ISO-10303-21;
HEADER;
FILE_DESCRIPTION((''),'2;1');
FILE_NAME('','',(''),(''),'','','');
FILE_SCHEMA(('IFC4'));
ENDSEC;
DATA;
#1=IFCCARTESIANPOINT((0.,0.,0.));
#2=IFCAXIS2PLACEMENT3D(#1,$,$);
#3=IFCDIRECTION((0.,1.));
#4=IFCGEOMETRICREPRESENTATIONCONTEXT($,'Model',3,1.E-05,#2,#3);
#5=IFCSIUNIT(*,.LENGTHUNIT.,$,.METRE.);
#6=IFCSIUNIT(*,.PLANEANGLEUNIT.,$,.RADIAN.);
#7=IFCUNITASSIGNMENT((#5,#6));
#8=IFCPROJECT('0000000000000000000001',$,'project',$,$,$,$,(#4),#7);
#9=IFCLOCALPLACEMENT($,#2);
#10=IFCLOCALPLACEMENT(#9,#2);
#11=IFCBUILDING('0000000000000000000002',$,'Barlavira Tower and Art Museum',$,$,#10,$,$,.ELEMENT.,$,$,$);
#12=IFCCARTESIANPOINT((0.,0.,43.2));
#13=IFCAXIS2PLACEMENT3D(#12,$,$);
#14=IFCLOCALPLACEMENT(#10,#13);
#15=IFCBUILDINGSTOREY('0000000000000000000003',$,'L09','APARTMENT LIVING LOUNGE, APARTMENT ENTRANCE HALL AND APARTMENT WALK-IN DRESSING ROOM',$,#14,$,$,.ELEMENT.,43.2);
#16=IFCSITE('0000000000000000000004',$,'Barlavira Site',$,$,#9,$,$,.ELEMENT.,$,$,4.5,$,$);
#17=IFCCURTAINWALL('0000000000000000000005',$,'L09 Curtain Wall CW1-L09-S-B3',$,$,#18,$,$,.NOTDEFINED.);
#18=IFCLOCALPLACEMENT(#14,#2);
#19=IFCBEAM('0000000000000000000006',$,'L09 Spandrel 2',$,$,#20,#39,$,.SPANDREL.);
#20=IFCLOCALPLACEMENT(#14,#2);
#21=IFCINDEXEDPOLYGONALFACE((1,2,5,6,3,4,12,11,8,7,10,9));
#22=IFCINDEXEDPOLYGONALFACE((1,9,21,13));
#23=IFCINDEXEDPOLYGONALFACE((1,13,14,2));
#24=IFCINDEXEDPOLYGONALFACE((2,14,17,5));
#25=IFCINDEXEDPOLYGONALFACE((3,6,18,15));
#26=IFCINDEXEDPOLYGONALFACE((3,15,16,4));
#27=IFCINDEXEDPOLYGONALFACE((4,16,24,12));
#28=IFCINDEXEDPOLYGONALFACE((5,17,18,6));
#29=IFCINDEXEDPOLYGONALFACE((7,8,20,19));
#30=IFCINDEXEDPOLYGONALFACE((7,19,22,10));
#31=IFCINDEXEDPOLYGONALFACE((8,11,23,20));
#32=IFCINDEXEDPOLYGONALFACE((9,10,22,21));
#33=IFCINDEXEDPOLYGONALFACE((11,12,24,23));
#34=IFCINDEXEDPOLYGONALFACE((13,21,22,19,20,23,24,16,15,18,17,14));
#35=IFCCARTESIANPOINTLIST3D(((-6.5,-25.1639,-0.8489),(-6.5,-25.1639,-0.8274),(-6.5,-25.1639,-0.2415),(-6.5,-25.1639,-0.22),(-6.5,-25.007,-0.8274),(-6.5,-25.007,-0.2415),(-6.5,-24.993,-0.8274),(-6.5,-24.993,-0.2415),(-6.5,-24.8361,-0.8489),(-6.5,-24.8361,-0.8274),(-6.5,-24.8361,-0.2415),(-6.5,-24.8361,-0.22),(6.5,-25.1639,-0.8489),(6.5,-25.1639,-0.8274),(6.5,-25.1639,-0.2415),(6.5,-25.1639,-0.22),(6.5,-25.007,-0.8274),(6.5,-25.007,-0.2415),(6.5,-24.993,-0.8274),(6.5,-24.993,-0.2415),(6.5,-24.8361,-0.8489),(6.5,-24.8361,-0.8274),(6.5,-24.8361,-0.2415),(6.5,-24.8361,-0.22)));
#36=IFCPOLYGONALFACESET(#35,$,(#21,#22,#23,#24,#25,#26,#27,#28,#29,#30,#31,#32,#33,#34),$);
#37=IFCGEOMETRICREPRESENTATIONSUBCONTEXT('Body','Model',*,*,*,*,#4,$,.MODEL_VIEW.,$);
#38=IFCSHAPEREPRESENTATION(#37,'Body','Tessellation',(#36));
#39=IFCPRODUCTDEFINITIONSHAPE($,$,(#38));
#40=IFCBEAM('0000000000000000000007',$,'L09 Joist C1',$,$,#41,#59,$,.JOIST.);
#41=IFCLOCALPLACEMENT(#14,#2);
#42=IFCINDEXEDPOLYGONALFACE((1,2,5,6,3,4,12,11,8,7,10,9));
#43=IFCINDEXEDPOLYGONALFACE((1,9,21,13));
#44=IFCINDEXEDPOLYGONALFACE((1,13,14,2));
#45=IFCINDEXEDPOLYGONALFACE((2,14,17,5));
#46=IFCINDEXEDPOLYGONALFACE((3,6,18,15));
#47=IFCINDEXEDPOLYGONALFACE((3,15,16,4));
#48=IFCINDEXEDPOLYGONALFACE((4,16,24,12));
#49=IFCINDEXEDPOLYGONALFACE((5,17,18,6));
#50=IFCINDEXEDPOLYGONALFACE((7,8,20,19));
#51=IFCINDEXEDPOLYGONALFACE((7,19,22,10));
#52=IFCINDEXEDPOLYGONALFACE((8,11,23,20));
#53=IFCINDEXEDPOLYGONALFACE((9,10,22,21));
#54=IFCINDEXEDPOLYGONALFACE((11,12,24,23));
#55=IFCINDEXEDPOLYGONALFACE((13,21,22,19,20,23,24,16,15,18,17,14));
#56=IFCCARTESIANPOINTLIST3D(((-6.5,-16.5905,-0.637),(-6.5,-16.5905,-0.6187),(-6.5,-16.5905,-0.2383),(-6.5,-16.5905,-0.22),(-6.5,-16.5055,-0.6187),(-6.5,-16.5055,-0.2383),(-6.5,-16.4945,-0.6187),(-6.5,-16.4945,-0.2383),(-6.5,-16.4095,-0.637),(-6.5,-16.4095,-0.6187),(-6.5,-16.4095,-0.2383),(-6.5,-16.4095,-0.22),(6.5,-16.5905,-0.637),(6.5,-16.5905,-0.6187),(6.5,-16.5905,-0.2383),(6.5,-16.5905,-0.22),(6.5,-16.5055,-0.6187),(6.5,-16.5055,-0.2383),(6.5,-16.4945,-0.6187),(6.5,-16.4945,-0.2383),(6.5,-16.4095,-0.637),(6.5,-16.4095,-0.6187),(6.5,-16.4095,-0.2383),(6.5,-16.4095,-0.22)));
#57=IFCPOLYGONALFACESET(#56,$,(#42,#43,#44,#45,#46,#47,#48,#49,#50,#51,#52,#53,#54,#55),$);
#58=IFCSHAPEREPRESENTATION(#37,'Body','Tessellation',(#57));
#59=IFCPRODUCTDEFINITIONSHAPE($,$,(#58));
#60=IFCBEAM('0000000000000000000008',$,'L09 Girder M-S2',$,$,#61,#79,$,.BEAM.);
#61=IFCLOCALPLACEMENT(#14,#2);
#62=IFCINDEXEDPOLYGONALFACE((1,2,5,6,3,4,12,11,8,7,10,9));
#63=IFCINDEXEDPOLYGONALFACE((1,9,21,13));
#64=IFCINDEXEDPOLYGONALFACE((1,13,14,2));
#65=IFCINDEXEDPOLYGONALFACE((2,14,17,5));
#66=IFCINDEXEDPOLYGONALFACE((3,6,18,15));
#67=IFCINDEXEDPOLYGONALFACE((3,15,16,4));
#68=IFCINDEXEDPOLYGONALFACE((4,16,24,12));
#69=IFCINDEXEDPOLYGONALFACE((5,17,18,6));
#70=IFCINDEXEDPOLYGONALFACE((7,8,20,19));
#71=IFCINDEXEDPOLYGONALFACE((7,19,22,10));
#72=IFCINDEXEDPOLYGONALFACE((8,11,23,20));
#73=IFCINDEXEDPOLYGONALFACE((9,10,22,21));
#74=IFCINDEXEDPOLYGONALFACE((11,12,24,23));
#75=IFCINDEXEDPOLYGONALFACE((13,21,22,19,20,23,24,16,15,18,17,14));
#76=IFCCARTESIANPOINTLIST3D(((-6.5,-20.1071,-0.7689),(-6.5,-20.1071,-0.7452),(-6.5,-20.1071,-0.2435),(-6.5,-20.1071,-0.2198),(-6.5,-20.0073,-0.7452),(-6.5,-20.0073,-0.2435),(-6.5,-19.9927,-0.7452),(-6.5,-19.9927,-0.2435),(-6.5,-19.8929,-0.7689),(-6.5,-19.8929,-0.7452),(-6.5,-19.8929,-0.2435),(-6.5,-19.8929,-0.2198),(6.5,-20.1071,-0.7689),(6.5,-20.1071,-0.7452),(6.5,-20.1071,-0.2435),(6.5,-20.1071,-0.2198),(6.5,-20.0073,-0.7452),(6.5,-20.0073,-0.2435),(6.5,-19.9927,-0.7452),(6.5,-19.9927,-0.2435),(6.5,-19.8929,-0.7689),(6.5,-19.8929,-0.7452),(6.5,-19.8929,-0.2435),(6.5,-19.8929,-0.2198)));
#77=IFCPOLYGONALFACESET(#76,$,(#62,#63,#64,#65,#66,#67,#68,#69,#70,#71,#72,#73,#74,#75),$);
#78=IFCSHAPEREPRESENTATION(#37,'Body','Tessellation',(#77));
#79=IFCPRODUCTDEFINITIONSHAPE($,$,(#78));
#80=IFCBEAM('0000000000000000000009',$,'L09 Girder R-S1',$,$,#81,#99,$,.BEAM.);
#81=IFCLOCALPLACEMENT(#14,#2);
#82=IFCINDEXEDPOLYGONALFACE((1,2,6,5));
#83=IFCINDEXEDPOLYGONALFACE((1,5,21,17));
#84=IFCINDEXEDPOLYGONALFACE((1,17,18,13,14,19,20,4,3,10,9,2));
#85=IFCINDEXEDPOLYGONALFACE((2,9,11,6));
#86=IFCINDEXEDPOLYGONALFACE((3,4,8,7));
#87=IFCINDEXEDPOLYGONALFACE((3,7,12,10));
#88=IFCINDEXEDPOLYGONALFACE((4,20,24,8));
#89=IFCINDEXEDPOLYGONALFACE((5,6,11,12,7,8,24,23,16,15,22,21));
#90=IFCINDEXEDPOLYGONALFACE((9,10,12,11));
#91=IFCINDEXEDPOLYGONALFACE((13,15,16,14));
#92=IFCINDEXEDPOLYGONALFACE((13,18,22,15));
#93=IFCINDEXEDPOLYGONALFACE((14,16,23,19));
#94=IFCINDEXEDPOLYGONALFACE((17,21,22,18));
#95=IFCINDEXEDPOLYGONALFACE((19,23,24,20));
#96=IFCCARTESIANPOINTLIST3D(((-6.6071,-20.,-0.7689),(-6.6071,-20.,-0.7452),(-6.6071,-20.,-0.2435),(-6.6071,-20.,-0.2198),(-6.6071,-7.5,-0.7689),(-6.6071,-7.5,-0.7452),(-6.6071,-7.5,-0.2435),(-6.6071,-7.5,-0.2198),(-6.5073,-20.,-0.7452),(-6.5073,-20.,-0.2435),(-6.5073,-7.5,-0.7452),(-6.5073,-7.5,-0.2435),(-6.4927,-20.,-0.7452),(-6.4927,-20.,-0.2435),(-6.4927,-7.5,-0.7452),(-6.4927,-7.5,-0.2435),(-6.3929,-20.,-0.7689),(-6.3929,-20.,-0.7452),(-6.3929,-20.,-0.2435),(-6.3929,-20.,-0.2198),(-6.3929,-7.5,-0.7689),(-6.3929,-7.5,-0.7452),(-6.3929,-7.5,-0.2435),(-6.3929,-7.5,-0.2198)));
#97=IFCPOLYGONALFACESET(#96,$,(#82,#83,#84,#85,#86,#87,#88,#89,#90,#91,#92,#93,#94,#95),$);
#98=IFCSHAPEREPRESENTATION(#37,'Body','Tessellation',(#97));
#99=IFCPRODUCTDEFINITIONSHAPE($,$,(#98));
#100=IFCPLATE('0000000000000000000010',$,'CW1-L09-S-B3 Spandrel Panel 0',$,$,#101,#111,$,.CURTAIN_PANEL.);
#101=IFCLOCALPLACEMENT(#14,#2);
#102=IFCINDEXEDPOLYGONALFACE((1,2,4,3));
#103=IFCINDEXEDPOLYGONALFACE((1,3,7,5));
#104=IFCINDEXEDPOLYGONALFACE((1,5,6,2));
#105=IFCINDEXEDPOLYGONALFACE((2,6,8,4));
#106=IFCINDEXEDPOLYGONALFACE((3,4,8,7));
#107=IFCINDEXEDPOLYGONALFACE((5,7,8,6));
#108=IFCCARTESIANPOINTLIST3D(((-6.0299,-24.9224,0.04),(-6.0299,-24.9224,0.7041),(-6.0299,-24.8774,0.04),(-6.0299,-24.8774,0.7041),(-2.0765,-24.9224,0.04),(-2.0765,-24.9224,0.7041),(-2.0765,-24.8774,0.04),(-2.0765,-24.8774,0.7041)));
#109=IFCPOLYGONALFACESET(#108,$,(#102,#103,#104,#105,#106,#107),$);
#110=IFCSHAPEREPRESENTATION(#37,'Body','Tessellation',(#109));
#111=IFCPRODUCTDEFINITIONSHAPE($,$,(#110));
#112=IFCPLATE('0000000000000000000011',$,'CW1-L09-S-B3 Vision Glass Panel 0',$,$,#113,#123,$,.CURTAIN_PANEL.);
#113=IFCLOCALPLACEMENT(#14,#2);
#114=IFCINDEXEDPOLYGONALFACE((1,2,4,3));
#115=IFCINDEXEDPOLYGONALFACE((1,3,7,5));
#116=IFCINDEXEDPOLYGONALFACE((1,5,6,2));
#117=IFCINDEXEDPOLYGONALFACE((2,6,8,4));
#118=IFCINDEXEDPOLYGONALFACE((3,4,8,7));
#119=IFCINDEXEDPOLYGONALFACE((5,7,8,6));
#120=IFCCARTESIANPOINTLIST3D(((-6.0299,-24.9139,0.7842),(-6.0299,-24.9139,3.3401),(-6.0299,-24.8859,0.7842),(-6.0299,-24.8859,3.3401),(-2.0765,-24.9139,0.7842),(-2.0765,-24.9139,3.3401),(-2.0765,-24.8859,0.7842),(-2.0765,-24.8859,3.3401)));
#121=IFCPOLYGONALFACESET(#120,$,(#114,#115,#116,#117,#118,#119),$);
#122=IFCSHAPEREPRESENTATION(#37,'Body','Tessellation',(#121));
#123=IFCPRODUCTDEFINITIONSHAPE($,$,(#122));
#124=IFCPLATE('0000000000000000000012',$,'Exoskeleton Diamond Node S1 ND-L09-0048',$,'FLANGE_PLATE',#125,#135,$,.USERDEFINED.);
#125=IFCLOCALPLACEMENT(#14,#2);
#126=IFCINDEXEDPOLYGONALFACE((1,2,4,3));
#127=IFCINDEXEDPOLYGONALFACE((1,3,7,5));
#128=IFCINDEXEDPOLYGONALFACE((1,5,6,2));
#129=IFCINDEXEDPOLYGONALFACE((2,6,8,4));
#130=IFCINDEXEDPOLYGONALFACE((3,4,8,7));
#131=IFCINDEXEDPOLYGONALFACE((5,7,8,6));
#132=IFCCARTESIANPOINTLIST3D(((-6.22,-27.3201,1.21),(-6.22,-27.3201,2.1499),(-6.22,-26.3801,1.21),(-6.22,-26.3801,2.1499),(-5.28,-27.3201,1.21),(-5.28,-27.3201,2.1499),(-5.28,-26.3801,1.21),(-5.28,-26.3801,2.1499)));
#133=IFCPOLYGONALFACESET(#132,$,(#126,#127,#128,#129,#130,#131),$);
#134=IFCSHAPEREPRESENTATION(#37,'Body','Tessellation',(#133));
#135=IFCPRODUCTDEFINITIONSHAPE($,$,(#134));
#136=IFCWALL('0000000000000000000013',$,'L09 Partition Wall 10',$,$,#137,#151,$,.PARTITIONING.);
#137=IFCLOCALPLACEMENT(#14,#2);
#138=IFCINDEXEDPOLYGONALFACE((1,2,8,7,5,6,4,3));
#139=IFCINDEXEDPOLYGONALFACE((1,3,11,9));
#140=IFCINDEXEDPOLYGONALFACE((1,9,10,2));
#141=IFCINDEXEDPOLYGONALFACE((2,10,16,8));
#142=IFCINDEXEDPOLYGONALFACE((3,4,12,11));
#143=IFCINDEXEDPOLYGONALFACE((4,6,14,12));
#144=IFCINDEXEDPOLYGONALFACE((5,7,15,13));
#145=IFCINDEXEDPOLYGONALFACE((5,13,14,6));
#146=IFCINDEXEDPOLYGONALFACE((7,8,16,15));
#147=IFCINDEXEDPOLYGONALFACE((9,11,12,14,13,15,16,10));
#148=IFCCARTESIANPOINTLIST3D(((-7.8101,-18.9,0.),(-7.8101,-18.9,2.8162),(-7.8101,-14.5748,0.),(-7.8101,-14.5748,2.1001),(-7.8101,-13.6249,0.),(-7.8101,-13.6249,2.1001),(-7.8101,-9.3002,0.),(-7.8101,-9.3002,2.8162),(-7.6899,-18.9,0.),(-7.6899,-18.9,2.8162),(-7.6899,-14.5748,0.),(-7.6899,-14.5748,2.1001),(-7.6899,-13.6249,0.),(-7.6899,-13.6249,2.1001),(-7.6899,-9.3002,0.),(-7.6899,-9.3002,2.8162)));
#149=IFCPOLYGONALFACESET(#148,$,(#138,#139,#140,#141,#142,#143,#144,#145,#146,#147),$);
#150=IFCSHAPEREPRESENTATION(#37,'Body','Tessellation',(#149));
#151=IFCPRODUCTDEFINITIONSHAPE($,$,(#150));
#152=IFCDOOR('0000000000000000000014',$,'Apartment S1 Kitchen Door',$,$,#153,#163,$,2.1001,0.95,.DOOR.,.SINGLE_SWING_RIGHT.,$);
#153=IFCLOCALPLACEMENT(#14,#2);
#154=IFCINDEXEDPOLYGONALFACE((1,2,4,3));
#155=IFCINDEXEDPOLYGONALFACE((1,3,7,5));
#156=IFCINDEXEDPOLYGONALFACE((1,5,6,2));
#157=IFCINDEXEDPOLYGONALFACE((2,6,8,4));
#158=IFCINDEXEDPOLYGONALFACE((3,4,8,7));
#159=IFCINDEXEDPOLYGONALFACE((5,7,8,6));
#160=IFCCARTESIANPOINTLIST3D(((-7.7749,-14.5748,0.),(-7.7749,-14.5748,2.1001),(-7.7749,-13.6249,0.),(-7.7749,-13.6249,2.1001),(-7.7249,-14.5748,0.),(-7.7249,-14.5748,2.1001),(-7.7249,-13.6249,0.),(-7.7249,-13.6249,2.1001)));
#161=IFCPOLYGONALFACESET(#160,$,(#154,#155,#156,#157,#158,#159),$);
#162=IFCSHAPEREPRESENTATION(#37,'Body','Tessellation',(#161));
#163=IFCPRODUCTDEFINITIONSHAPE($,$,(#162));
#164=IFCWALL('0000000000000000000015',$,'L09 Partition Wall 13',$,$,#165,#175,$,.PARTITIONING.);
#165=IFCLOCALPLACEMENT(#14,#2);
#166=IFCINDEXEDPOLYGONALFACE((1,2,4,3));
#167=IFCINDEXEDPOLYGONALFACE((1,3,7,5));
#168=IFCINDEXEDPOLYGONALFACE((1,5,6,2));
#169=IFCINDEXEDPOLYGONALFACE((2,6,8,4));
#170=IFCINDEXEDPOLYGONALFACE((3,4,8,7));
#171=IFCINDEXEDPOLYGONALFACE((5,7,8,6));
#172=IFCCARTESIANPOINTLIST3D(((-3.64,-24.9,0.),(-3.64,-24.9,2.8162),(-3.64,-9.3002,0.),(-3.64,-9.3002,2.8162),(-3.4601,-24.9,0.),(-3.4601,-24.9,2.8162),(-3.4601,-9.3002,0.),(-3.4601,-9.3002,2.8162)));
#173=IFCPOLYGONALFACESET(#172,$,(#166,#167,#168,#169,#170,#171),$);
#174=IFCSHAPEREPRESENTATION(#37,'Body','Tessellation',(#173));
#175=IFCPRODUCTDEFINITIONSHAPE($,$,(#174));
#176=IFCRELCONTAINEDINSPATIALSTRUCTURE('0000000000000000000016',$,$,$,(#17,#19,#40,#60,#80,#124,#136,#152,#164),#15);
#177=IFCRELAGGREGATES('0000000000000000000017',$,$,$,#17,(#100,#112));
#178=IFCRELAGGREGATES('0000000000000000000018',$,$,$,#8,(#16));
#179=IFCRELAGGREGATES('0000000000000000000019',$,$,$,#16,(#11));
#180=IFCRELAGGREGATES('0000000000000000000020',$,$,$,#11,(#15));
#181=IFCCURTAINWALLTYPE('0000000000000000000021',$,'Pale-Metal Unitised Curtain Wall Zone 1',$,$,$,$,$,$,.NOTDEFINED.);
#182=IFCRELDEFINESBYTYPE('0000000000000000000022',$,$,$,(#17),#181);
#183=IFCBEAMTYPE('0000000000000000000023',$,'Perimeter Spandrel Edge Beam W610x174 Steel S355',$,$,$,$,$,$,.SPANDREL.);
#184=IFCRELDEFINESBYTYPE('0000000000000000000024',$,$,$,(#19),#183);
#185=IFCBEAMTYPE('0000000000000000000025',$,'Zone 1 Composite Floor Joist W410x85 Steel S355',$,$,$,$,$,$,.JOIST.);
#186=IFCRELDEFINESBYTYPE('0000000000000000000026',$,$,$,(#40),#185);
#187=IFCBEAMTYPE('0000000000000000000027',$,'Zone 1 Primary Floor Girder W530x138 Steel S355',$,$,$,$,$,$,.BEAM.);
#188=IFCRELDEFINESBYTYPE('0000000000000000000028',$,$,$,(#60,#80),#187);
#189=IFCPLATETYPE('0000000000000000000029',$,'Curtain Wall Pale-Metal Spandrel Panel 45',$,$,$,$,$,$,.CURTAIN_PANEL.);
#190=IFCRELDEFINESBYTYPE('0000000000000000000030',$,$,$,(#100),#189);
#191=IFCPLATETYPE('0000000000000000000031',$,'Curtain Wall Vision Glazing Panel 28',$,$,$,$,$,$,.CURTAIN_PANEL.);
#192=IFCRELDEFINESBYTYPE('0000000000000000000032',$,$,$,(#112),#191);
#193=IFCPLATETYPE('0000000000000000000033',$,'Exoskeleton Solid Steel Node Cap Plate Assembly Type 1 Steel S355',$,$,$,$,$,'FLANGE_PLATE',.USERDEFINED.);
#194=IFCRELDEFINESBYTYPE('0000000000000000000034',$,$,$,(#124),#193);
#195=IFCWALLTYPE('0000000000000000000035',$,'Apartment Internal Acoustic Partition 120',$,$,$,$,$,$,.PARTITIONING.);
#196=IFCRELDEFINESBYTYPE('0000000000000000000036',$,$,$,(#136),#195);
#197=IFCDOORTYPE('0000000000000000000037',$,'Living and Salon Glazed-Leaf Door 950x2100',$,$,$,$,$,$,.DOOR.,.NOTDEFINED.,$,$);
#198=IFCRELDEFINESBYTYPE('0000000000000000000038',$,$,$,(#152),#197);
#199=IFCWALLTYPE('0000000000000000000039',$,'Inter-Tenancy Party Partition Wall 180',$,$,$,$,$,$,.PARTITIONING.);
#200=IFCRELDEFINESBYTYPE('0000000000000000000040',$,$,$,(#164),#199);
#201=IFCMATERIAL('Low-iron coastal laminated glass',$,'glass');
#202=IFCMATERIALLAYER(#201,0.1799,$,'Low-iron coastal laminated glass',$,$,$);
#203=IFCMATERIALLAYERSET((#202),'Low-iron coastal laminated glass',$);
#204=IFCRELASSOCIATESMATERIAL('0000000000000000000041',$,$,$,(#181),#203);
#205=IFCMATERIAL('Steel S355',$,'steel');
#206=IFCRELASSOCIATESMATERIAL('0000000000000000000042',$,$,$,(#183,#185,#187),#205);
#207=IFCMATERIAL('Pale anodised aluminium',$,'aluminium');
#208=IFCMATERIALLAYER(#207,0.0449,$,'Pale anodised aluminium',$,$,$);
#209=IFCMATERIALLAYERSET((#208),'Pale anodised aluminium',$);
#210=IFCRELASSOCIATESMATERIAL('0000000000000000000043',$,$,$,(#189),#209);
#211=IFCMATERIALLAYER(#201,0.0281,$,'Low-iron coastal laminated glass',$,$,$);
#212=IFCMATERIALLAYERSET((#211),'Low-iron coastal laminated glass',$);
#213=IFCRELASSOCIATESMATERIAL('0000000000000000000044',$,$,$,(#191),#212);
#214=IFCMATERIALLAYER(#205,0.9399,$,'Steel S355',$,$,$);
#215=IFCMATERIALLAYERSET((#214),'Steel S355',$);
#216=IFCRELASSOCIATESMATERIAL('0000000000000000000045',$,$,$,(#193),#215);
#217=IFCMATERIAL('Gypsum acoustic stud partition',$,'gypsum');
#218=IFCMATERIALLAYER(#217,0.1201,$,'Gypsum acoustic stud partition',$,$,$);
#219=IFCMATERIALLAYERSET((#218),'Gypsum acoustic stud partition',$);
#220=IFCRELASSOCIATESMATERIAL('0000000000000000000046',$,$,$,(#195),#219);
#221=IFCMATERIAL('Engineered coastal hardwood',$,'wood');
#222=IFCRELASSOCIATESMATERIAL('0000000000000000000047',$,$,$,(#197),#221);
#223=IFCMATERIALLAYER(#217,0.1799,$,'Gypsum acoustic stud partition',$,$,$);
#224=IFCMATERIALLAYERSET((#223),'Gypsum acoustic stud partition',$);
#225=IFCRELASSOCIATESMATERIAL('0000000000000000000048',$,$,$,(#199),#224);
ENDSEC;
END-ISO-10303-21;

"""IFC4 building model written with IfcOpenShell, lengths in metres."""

from ifc_helpers import new_model, si_unit, direction, frame, frame_2d, origin, origin_2d, place, context, subcontext, project, spatial, rectangle, i_section, extrude, material, layer, layer_set, material_profile, profile_set, type_object, element, fill, aggregate, save


model = new_model("IFC4")

# Units and contexts
model_context = context("Model", 3, precision=1e-05, world=origin(), true_north=direction((0.0, 1.0)))
body_context = subcontext(model_context, "Body", "Model", "MODEL_VIEW")
ifc_project = project(units=[si_unit("LENGTHUNIT", "METRE"), si_unit("PLANEANGLEUNIT", "RADIAN")], contexts=[model_context])

# Site, building, storey
site_placement = place(None, origin())
site = spatial("IfcSite", under=ifc_project, at=site_placement, Name="Barlavira Site", CompositionType="ELEMENT", RefElevation=4.5)
building_placement = place(site_placement, origin())
building = spatial("IfcBuilding", under=site, at=building_placement, Name="Barlavira Tower and Art Museum", CompositionType="ELEMENT")
storey_placement = place(building_placement, frame((0.0, 0.0, 43.2)))
storey = spatial("IfcBuildingStorey", under=building, at=storey_placement, Name="L09", Description="APARTMENT LIVING LOUNGE, APARTMENT ENTRANCE HALL AND APARTMENT WALK-IN DRESSING ROOM", CompositionType="ELEMENT", Elevation=43.2)

# Curtain wall
ifc_material_1 = material(Name="Low-iron coastal laminated glass", Category="glass")
ifc_layer_1 = layer(ifc_material_1, 0.1799, Name="Low-iron coastal laminated glass")
ifc_layer_set_1 = layer_set([ifc_layer_1], Name="Low-iron coastal laminated glass")
curtain_wall_type = type_object("IfcCurtainWallType", Name="Pale-Metal Unitised Curtain Wall Zone 1", PredefinedType="NOTDEFINED", material=ifc_layer_set_1)
curtain_wall_placement = place(storey_placement, origin())
curtain_wall = element("IfcCurtainWall", 1, at=curtain_wall_placement, inside=storey, type_object=curtain_wall_type, Name="L09 Curtain Wall CW1-L09-S-B3", PredefinedType="NOTDEFINED")
ifc_material_2 = material(Name="Pale anodised aluminium", Category="aluminium")

# Beams
ifc_material_3 = material(Name="Steel S355", Category="steel")
ifc_material_profile_1 = material_profile(ifc_material_3, i_section(OverallWidth=0.3279, OverallDepth=0.6289, WebThickness=0.0139, FlangeThickness=0.0215, at=origin_2d()), Name="W610x174.0")
ifc_profile_set_1 = profile_set([ifc_material_profile_1], Name="Steel S355")
beam_type_1 = type_object("IfcBeamType", Name="Perimeter Spandrel Edge Beam W610x174 Steel S355", PredefinedType="SPANDREL", material=ifc_profile_set_1)
beam_1_placement = place(storey_placement, frame((-6.5, -25.0, -0.5344), z_axis=(1.0, 0.0, 0.0), x_axis=(0.0, 1.0, 0.0)))
element("IfcBeam", 2, at=beam_1_placement, inside=storey, type_object=beam_type_1, Name="L09 Spandrel 2", PredefinedType="SPANDREL", context=body_context, shape_type="SweptSolid", body=[
    extrude(i_section(OverallWidth=0.3279, OverallDepth=0.6289, WebThickness=0.0139, FlangeThickness=0.0215, at=origin_2d()), origin(), (0.0, 0.0, 1.0), 13.0),
])
ifc_material_profile_2 = material_profile(ifc_material_3, i_section(OverallWidth=0.1809, OverallDepth=0.417, WebThickness=0.011, FlangeThickness=0.0183, at=origin_2d()), Name="W410x85.0")
ifc_profile_set_2 = profile_set([ifc_material_profile_2], Name="Steel S355")
beam_type_2 = type_object("IfcBeamType", Name="Zone 1 Composite Floor Joist W410x85 Steel S355", PredefinedType="JOIST", material=ifc_profile_set_2)
beam_2_placement = place(storey_placement, frame((-6.5, -16.5, -0.4285), z_axis=(1.0, 0.0, 0.0), x_axis=(0.0, 1.0, 0.0)))
element("IfcBeam", 3, at=beam_2_placement, inside=storey, type_object=beam_type_2, Name="L09 Joist C1", PredefinedType="JOIST", context=body_context, shape_type="SweptSolid", body=[
    extrude(i_section(OverallWidth=0.1809, OverallDepth=0.417, WebThickness=0.011, FlangeThickness=0.0183, at=origin_2d()), origin(), (0.0, 0.0, 1.0), 13.0),
])
ifc_material_profile_3 = material_profile(ifc_material_3, i_section(OverallWidth=0.2141, OverallDepth=0.5491, WebThickness=0.0146, FlangeThickness=0.0237, at=origin_2d()), Name="W530x138.0")
ifc_profile_set_3 = profile_set([ifc_material_profile_3], Name="Steel S355")
beam_type_3 = type_object("IfcBeamType", Name="Zone 1 Primary Floor Girder W530x138 Steel S355", PredefinedType="BEAM", material=ifc_profile_set_3)
beam_3_placement = place(storey_placement, frame((-6.5, -20.0, -0.4944), z_axis=(1.0, 0.0, 0.0), x_axis=(0.0, 1.0, 0.0)))
element("IfcBeam", 4, at=beam_3_placement, inside=storey, type_object=beam_type_3, Name="L09 Girder M-S2", PredefinedType="BEAM", context=body_context, shape_type="SweptSolid", body=[
    extrude(i_section(OverallWidth=0.2141, OverallDepth=0.5491, WebThickness=0.0146, FlangeThickness=0.0237, at=origin_2d()), origin(), (0.0, 0.0, 1.0), 13.0),
])
beam_4_placement = place(storey_placement, frame((-6.5, -20.0, -0.4944), z_axis=(0.0, 1.0, 0.0), x_axis=(-1.0, 0.0, 0.0)))
element("IfcBeam", 5, at=beam_4_placement, inside=storey, type_object=beam_type_3, Name="L09 Girder R-S1", PredefinedType="BEAM", context=body_context, shape_type="SweptSolid", body=[
    extrude(i_section(OverallWidth=0.2141, OverallDepth=0.5491, WebThickness=0.0146, FlangeThickness=0.0237, at=origin_2d()), origin(), (0.0, 0.0, 1.0), 12.5),
])

# Plates
ifc_layer_2 = layer(ifc_material_2, 0.0449, Name="Pale anodised aluminium")
ifc_layer_set_2 = layer_set([ifc_layer_2], Name="Pale anodised aluminium")
plate_type_1 = type_object("IfcPlateType", Name="Curtain Wall Pale-Metal Spandrel Panel 45", PredefinedType="CURTAIN_PANEL", material=ifc_layer_set_2)
plate_1_placement = place(storey_placement, frame((-4.0532, -24.8999, 0.04), z_axis=(0.0, 0.0, 1.0), x_axis=(1.0, 0.0, 0.0)))
plate_1 = element("IfcPlate", 6, at=plate_1_placement, type_object=plate_type_1, Name="CW1-L09-S-B3 Spandrel Panel 0", PredefinedType="CURTAIN_PANEL", context=body_context, shape_type="SweptSolid", body=[
    extrude(rectangle(XDim=3.9534, YDim=0.0449, at=origin_2d()), origin(), (0.0, 0.0, 1.0), 0.6641),
])
ifc_layer_3 = layer(ifc_material_1, 0.0281, Name="Low-iron coastal laminated glass")
ifc_layer_set_3 = layer_set([ifc_layer_3], Name="Low-iron coastal laminated glass")
plate_type_2 = type_object("IfcPlateType", Name="Curtain Wall Vision Glazing Panel 28", PredefinedType="CURTAIN_PANEL", material=ifc_layer_set_3)
plate_2_placement = place(storey_placement, frame((-4.0532, -24.8999, 0.7842), z_axis=(0.0, 0.0, 1.0), x_axis=(1.0, 0.0, 0.0)))
plate_2 = element("IfcPlate", 7, at=plate_2_placement, type_object=plate_type_2, Name="CW1-L09-S-B3 Vision Glass Panel 0", PredefinedType="CURTAIN_PANEL", context=body_context, shape_type="SweptSolid", body=[
    extrude(rectangle(XDim=3.9534, YDim=0.0281, at=origin_2d()), origin(), (0.0, 0.0, 1.0), 2.5559),
])
aggregate(curtain_wall, [plate_1, plate_2])
ifc_layer_4 = layer(ifc_material_3, 0.9399, Name="Steel S355")
ifc_layer_set_4 = layer_set([ifc_layer_4], Name="Steel S355")
plate_type_3 = type_object("IfcPlateType", Name="Exoskeleton Solid Steel Node Cap Plate Assembly Type 1 Steel S355", ElementType="FLANGE_PLATE", PredefinedType="USERDEFINED", material=ifc_layer_set_4)
plate_3_placement = place(storey_placement, frame((-5.75, -26.8501, 1.21), z_axis=(0.0, 0.0, 1.0), x_axis=(1.0, 0.0, 0.0)))
element("IfcPlate", 8, at=plate_3_placement, inside=storey, type_object=plate_type_3, Name="Exoskeleton Diamond Node S1 ND-L09-0048", ObjectType="FLANGE_PLATE", PredefinedType="USERDEFINED", context=body_context, shape_type="SweptSolid", body=[
    extrude(rectangle(XDim=0.9399, YDim=0.9399, at=origin_2d()), origin(), (0.0, 0.0, 1.0), 0.9399),
])

# Wall, opening, door
ifc_material_4 = material(Name="Gypsum acoustic stud partition", Category="gypsum")
ifc_layer_5 = layer(ifc_material_4, 0.1201, Name="Gypsum acoustic stud partition")
ifc_layer_set_5 = layer_set([ifc_layer_5], Name="Gypsum acoustic stud partition")
wall_type_1 = type_object("IfcWallType", Name="Apartment Internal Acoustic Partition 120", PredefinedType="PARTITIONING", material=ifc_layer_set_5)
wall_1_placement = place(storey_placement, frame((-7.75, -18.8999, 0.0), z_axis=(0.0, 0.0, 1.0), x_axis=(0.0, 1.0, 0.0)))
wall_1 = element("IfcWall", 9, at=wall_1_placement, inside=storey, type_object=wall_type_1, Name="L09 Partition Wall 10", PredefinedType="PARTITIONING", context=body_context, shape_type="SweptSolid", body=[
    extrude(rectangle(XDim=9.5999, YDim=0.1201, at=frame_2d((4.7998, 0.0))), origin(), (0.0, 0.0, 1.0), 2.8162),
])
opening_1_placement = place(wall_1_placement, frame((4.325, 0.0, 0.0)))
opening_1 = element("IfcOpeningElement", 10, at=opening_1_placement, cuts=wall_1, PredefinedType="OPENING", context=body_context, shape_type="SweptSolid", body=[
    extrude(rectangle(XDim=0.95, YDim=2.1001, at=frame_2d((0.4751, 1.05))), frame((0.0, 0.0701, 0.0), z_axis=(0.0, -1.0, 0.0), x_axis=(1.0, 0.0, 0.0)), (0.0, 0.0, 1.0), 0.1401),
])
ifc_material_5 = material(Name="Engineered coastal hardwood", Category="wood")
door_type_1 = type_object("IfcDoorType", Name="Living and Salon Glazed-Leaf Door 950x2100", OperationType="NOTDEFINED", PredefinedType="DOOR", material=ifc_material_5)
door_1_placement = place(opening_1_placement, origin())
door_1 = element("IfcDoor", 11, at=door_1_placement, inside=storey, type_object=door_type_1, Name="Apartment S1 Kitchen Door", OperationType="SINGLE_SWING_RIGHT", OverallHeight=2.1001, OverallWidth=0.95, PredefinedType="DOOR", context=body_context, shape_type="SweptSolid", body=[
    extrude(rectangle(XDim=0.95, YDim=2.1001, at=frame_2d((0.4751, 1.05))), frame((0.0, 0.0249, 0.0), z_axis=(0.0, -1.0, 0.0), x_axis=(1.0, 0.0, 0.0)), (0.0, 0.0, 1.0), 0.05),
])
fill(opening_1, door_1)

# Wall
ifc_layer_6 = layer(ifc_material_4, 0.1799, Name="Gypsum acoustic stud partition")
ifc_layer_set_6 = layer_set([ifc_layer_6], Name="Gypsum acoustic stud partition")
wall_type_2 = type_object("IfcWallType", Name="Inter-Tenancy Party Partition Wall 180", PredefinedType="PARTITIONING", material=ifc_layer_set_6)
wall_2_placement = place(storey_placement, frame((-3.55, -24.8999, 0.0), z_axis=(0.0, 0.0, 1.0), x_axis=(0.0, 1.0, 0.0)))
element("IfcWall", 12, at=wall_2_placement, inside=storey, type_object=wall_type_2, Name="L09 Partition Wall 13", PredefinedType="PARTITIONING", context=body_context, shape_type="SweptSolid", body=[
    extrude(rectangle(XDim=15.5999, YDim=0.1799, at=frame_2d((7.7998, 0.0))), origin(), (0.0, 0.0, 1.0), 2.8162),
])

save(model, "model.ifc")
